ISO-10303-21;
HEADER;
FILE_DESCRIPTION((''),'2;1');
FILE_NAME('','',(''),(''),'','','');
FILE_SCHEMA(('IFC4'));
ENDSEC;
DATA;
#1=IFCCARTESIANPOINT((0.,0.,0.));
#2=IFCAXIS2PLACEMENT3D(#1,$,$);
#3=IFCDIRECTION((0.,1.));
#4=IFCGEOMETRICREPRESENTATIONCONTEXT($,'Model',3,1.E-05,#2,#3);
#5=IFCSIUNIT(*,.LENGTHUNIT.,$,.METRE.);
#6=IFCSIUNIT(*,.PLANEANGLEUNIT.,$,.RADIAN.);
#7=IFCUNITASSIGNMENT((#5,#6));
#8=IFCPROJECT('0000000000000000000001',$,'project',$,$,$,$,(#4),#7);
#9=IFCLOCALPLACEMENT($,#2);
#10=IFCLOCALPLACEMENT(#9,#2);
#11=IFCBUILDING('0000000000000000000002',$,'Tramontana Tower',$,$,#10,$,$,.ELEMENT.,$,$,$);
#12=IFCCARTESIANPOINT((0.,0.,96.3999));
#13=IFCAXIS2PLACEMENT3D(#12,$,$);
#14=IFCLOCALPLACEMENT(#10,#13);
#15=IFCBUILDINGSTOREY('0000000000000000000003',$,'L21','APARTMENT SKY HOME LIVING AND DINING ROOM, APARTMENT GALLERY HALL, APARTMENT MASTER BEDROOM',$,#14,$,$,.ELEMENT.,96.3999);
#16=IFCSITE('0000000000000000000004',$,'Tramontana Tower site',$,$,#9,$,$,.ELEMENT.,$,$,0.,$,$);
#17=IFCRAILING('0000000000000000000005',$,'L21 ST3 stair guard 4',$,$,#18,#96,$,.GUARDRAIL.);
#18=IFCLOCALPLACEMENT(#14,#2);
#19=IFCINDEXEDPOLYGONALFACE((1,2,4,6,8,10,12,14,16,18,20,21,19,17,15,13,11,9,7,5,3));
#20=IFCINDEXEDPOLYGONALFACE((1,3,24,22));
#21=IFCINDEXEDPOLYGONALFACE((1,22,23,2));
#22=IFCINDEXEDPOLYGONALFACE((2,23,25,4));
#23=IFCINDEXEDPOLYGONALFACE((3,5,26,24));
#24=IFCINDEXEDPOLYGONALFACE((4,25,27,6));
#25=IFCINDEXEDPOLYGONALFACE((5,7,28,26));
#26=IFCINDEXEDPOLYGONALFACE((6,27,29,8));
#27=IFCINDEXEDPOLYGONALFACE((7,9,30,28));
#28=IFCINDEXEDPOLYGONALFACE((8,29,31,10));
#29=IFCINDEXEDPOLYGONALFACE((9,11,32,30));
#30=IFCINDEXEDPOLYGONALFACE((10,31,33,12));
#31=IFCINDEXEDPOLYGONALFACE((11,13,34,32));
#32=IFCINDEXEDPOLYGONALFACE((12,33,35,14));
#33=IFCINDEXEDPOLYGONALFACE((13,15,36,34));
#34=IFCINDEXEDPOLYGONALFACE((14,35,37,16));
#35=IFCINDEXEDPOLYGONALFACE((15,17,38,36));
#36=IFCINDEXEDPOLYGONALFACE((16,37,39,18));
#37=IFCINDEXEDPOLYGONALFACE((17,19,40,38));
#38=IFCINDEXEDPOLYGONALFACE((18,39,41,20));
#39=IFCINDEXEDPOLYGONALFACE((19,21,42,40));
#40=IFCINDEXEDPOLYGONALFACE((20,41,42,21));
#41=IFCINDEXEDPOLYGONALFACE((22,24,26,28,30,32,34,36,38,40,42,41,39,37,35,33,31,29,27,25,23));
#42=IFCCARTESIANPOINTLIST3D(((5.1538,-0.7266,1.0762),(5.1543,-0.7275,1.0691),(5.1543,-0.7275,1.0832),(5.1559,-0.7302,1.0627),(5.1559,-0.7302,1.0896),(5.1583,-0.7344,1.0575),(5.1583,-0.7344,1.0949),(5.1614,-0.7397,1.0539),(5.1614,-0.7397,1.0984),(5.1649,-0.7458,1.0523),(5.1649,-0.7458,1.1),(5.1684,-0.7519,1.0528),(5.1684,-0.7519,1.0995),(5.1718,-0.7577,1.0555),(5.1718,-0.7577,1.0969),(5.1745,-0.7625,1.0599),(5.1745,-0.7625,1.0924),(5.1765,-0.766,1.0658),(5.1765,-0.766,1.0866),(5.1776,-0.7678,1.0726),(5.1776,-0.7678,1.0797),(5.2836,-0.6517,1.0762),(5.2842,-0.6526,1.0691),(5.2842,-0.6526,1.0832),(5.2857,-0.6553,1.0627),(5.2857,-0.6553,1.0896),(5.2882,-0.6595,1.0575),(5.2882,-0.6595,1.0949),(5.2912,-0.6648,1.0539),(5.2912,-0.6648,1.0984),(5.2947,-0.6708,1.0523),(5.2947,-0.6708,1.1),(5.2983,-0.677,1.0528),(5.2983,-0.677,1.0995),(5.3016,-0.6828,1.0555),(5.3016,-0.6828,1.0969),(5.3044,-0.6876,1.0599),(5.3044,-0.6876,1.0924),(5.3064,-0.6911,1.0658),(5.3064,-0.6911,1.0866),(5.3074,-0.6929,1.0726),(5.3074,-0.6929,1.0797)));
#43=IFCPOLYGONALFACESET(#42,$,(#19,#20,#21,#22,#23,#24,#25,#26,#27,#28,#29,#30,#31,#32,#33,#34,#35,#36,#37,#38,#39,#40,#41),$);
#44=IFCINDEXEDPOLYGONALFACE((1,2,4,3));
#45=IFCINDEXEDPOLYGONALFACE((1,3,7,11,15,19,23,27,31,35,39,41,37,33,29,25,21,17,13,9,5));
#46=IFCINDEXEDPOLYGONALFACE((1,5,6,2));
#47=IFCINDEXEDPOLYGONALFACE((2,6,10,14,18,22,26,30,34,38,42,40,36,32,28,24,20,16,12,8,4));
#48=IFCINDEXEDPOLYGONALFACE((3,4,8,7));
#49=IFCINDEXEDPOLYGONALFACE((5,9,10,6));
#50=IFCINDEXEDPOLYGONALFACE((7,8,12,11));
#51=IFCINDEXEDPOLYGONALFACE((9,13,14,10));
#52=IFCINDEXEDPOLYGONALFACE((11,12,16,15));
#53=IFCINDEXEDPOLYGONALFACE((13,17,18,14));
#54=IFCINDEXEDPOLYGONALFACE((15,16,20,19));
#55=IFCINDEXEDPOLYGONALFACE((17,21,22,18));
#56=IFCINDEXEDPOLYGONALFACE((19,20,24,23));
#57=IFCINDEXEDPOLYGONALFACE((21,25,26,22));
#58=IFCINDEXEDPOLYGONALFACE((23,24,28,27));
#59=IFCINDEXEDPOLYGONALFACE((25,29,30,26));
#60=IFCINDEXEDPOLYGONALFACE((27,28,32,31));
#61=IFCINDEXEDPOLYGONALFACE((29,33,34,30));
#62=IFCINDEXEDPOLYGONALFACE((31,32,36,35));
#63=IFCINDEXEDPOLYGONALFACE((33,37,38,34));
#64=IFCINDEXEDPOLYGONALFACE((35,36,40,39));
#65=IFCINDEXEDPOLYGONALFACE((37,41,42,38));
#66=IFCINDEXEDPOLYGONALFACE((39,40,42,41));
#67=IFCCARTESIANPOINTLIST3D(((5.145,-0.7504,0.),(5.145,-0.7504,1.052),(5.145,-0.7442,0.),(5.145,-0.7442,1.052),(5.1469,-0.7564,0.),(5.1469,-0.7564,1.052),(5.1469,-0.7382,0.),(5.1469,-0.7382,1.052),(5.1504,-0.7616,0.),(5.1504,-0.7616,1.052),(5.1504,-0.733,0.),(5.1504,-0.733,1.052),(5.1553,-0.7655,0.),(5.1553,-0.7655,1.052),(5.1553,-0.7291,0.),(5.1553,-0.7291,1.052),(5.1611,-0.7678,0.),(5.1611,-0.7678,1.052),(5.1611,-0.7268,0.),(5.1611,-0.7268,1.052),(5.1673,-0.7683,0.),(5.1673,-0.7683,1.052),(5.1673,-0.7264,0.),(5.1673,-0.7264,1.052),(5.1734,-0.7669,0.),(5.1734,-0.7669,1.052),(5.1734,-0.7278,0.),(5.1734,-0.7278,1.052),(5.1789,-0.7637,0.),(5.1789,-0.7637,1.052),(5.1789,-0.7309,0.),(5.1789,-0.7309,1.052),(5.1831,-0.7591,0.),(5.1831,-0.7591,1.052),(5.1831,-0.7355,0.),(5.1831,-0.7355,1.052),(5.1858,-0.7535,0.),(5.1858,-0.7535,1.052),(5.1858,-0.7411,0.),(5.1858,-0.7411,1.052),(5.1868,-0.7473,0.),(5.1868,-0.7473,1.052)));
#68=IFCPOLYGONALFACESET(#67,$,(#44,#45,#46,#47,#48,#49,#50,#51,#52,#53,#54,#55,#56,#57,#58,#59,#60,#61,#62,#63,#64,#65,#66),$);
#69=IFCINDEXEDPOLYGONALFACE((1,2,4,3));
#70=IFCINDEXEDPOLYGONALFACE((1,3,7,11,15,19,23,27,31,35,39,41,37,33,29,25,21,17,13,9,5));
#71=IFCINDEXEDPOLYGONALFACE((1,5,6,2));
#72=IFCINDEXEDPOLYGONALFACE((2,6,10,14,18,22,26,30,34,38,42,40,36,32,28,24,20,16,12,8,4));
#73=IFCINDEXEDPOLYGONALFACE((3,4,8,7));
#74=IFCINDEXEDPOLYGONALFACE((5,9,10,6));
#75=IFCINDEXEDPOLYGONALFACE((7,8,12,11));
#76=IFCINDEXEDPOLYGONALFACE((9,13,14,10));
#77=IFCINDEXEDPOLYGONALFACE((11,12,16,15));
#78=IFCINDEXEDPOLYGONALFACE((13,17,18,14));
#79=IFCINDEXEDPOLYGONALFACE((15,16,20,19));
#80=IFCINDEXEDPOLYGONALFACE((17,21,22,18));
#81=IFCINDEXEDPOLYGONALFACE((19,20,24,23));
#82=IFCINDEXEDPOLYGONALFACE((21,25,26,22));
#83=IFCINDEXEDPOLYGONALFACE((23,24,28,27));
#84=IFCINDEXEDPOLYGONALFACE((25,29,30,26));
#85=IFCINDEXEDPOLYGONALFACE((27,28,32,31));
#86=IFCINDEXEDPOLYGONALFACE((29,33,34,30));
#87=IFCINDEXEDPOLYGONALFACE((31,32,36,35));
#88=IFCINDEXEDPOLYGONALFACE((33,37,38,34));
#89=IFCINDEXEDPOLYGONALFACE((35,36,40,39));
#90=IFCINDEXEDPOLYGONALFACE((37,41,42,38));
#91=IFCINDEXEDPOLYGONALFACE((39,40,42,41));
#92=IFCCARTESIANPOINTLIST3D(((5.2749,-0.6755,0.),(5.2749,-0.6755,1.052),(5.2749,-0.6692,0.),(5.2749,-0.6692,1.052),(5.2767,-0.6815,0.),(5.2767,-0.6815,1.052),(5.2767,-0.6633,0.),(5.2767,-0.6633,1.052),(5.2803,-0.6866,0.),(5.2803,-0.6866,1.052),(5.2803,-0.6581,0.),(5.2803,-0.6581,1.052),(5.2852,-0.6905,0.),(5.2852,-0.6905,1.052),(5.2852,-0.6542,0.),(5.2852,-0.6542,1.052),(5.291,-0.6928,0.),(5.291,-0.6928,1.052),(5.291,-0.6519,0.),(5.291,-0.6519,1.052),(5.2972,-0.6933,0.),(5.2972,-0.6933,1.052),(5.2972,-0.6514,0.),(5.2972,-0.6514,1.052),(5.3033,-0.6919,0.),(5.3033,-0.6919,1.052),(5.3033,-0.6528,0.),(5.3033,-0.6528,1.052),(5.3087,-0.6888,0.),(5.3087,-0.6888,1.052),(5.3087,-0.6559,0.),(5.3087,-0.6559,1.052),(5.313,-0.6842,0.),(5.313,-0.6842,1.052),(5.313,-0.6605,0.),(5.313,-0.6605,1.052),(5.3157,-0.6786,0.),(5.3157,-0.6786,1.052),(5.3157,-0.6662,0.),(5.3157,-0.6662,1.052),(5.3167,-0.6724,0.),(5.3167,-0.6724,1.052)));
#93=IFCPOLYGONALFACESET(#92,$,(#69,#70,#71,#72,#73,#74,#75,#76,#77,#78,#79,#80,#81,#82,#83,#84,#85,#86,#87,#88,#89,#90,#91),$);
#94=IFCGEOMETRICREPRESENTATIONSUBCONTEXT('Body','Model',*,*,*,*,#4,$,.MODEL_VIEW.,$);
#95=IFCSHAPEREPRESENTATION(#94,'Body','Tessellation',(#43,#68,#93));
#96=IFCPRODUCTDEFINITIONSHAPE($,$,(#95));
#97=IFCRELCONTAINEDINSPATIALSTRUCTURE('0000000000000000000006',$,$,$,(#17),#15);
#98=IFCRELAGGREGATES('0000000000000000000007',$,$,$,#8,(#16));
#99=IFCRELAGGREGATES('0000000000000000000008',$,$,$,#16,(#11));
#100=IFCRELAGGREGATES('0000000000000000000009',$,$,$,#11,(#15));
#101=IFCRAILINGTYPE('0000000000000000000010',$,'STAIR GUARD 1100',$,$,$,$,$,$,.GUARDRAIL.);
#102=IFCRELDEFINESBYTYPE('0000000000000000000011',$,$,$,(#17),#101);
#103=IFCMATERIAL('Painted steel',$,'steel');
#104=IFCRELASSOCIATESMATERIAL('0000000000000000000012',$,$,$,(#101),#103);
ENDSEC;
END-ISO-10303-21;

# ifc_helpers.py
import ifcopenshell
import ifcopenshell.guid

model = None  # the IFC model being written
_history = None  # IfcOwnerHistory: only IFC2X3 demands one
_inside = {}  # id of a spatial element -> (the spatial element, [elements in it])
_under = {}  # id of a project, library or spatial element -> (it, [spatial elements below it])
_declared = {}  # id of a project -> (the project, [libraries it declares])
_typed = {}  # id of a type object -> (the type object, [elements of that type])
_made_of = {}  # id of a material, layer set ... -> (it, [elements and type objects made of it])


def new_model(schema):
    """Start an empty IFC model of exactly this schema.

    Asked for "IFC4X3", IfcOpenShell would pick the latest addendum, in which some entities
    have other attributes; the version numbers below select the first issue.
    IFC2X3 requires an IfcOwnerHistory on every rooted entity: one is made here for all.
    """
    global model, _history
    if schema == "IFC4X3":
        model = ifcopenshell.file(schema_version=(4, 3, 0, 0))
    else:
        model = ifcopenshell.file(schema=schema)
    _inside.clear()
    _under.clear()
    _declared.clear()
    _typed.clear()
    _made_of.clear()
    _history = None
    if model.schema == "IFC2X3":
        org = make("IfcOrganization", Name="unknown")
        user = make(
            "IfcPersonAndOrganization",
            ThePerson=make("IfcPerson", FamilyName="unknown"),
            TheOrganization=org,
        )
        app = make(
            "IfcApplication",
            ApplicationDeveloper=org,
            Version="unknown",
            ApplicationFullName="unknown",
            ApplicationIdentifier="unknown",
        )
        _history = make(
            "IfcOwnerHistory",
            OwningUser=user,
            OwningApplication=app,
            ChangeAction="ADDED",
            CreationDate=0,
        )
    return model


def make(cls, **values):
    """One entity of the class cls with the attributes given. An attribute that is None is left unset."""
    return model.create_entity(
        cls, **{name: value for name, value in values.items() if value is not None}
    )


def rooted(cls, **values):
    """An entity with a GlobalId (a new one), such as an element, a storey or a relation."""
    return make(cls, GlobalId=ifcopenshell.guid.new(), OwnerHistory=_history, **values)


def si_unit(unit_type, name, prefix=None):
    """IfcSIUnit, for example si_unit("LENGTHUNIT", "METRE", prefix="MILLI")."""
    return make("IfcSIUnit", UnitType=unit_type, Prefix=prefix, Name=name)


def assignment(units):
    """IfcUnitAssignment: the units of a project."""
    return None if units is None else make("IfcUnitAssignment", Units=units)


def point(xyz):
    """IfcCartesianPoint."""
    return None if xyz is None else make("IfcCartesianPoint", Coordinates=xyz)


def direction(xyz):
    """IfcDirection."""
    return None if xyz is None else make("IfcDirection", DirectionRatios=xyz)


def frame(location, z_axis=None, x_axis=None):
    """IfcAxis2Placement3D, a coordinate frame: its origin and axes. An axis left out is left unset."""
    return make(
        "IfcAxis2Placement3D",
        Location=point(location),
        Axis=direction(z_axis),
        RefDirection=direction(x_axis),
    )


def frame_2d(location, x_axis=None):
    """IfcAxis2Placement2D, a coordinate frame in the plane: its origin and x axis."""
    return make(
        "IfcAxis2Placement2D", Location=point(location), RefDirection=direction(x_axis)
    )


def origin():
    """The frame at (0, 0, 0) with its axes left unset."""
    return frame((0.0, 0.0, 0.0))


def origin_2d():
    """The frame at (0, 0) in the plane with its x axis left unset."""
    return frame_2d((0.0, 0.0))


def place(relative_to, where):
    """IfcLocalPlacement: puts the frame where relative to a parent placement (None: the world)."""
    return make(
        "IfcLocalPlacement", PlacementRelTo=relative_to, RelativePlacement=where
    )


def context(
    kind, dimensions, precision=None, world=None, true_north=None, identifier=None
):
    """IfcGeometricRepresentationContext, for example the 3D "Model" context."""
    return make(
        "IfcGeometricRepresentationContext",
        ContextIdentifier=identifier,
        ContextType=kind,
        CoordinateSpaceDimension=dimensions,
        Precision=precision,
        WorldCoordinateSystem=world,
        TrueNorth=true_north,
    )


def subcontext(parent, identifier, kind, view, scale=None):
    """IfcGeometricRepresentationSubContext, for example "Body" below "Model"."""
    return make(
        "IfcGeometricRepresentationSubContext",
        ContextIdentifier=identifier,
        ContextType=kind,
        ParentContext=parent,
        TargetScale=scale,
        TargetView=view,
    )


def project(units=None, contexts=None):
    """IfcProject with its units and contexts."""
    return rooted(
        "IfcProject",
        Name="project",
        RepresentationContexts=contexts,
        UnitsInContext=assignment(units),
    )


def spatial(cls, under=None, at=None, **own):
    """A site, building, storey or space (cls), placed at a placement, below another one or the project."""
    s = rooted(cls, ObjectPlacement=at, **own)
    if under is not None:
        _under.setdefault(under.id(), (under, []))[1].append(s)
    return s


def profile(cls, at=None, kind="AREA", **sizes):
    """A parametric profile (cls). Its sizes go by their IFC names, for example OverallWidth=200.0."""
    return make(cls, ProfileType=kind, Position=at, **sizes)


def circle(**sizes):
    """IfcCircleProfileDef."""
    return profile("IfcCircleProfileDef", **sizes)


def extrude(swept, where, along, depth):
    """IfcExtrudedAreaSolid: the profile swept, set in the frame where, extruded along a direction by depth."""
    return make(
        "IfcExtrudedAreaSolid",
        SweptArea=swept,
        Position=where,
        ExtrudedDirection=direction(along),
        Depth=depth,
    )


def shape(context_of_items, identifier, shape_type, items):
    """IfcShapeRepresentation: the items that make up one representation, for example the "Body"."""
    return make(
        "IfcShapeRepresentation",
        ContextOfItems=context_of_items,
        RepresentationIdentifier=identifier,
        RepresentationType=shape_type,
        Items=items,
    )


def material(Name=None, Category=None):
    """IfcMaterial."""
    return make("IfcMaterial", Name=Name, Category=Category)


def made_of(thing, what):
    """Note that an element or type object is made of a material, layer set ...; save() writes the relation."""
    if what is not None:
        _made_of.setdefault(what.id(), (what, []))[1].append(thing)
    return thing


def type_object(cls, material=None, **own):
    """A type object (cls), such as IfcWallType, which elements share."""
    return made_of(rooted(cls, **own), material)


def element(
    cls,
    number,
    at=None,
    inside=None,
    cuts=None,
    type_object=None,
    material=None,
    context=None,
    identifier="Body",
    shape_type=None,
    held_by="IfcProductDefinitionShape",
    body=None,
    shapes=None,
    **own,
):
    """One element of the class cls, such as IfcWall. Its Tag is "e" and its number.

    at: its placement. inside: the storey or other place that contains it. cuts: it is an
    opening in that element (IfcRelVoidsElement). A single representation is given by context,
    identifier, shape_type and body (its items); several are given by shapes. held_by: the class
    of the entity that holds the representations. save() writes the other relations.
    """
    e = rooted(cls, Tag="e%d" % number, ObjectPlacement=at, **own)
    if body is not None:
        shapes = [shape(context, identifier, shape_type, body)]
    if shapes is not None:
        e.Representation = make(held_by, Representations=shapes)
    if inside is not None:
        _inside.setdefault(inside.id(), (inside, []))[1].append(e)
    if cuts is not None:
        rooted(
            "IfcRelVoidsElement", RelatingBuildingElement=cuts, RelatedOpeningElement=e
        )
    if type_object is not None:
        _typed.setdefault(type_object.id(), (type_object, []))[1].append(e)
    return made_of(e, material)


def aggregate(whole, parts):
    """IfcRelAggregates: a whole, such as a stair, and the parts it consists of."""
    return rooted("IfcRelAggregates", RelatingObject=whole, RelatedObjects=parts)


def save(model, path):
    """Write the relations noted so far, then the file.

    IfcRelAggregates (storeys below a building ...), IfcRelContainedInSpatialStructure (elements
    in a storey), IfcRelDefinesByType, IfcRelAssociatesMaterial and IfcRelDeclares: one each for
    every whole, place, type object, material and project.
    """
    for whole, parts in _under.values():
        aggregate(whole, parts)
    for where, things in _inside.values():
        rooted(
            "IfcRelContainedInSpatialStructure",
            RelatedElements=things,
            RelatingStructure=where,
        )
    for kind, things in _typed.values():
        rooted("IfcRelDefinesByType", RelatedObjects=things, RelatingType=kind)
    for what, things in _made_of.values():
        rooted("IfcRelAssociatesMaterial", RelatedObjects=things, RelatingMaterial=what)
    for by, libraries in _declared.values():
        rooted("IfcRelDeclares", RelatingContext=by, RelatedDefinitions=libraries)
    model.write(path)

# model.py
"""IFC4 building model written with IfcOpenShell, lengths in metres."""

from ifc_helpers import new_model, si_unit, direction, frame, origin, origin_2d, place, context, subcontext, project, spatial, circle, extrude, material, type_object, element, save


model = new_model("IFC4")

# Units and contexts
model_context = context("Model", 3, precision=1e-05, world=origin(), true_north=direction((0.0, 1.0)))
body_context = subcontext(model_context, "Body", "Model", "MODEL_VIEW")
ifc_project = project(units=[si_unit("LENGTHUNIT", "METRE"), si_unit("PLANEANGLEUNIT", "RADIAN")], contexts=[model_context])

# Site, building, storey
site_placement = place(None, origin())
site = spatial("IfcSite", under=ifc_project, at=site_placement, Name="Tramontana Tower site", CompositionType="ELEMENT", RefElevation=0.0)
building_placement = place(site_placement, origin())
building = spatial("IfcBuilding", under=site, at=building_placement, Name="Tramontana Tower", CompositionType="ELEMENT")
storey_placement = place(building_placement, frame((0.0, 0.0, 96.3999)))
storey = spatial("IfcBuildingStorey", under=building, at=storey_placement, Name="L21", Description="APARTMENT SKY HOME LIVING AND DINING ROOM, APARTMENT GALLERY HALL, APARTMENT MASTER BEDROOM", CompositionType="ELEMENT", Elevation=96.3999)

# Railing
ifc_material_1 = material(Name="Painted steel", Category="steel")
railing_type_1 = type_object("IfcRailingType", Name="STAIR GUARD 1100", PredefinedType="GUARDRAIL", material=ifc_material_1)
railing_1_placement = place(storey_placement, frame((5.1658, -0.7473, 0.0)))
element("IfcRailing", 1, at=railing_1_placement, inside=storey, type_object=railing_type_1, Name="L21 ST3 stair guard 4", PredefinedType="GUARDRAIL", context=body_context, shape_type="SweptSolid", body=[
    extrude(circle(Radius=0.0239, at=origin_2d()), frame((0.0, 0.0, 1.0762), z_axis=(0.866131, 0.499816, 0.0), x_axis=(-0.499816, 0.866131, 0.0)), (0.0, 0.0, 1.0), 0.1499),
    extrude(circle(Radius=0.021, at=origin_2d()), origin(), (0.0, 0.0, 1.0), 1.052),
    extrude(circle(Radius=0.021, at=origin_2d()), frame((0.1299, 0.075, 0.0)), (0.0, 0.0, 1.0), 1.052),
])

save(model, "model.ifc")
